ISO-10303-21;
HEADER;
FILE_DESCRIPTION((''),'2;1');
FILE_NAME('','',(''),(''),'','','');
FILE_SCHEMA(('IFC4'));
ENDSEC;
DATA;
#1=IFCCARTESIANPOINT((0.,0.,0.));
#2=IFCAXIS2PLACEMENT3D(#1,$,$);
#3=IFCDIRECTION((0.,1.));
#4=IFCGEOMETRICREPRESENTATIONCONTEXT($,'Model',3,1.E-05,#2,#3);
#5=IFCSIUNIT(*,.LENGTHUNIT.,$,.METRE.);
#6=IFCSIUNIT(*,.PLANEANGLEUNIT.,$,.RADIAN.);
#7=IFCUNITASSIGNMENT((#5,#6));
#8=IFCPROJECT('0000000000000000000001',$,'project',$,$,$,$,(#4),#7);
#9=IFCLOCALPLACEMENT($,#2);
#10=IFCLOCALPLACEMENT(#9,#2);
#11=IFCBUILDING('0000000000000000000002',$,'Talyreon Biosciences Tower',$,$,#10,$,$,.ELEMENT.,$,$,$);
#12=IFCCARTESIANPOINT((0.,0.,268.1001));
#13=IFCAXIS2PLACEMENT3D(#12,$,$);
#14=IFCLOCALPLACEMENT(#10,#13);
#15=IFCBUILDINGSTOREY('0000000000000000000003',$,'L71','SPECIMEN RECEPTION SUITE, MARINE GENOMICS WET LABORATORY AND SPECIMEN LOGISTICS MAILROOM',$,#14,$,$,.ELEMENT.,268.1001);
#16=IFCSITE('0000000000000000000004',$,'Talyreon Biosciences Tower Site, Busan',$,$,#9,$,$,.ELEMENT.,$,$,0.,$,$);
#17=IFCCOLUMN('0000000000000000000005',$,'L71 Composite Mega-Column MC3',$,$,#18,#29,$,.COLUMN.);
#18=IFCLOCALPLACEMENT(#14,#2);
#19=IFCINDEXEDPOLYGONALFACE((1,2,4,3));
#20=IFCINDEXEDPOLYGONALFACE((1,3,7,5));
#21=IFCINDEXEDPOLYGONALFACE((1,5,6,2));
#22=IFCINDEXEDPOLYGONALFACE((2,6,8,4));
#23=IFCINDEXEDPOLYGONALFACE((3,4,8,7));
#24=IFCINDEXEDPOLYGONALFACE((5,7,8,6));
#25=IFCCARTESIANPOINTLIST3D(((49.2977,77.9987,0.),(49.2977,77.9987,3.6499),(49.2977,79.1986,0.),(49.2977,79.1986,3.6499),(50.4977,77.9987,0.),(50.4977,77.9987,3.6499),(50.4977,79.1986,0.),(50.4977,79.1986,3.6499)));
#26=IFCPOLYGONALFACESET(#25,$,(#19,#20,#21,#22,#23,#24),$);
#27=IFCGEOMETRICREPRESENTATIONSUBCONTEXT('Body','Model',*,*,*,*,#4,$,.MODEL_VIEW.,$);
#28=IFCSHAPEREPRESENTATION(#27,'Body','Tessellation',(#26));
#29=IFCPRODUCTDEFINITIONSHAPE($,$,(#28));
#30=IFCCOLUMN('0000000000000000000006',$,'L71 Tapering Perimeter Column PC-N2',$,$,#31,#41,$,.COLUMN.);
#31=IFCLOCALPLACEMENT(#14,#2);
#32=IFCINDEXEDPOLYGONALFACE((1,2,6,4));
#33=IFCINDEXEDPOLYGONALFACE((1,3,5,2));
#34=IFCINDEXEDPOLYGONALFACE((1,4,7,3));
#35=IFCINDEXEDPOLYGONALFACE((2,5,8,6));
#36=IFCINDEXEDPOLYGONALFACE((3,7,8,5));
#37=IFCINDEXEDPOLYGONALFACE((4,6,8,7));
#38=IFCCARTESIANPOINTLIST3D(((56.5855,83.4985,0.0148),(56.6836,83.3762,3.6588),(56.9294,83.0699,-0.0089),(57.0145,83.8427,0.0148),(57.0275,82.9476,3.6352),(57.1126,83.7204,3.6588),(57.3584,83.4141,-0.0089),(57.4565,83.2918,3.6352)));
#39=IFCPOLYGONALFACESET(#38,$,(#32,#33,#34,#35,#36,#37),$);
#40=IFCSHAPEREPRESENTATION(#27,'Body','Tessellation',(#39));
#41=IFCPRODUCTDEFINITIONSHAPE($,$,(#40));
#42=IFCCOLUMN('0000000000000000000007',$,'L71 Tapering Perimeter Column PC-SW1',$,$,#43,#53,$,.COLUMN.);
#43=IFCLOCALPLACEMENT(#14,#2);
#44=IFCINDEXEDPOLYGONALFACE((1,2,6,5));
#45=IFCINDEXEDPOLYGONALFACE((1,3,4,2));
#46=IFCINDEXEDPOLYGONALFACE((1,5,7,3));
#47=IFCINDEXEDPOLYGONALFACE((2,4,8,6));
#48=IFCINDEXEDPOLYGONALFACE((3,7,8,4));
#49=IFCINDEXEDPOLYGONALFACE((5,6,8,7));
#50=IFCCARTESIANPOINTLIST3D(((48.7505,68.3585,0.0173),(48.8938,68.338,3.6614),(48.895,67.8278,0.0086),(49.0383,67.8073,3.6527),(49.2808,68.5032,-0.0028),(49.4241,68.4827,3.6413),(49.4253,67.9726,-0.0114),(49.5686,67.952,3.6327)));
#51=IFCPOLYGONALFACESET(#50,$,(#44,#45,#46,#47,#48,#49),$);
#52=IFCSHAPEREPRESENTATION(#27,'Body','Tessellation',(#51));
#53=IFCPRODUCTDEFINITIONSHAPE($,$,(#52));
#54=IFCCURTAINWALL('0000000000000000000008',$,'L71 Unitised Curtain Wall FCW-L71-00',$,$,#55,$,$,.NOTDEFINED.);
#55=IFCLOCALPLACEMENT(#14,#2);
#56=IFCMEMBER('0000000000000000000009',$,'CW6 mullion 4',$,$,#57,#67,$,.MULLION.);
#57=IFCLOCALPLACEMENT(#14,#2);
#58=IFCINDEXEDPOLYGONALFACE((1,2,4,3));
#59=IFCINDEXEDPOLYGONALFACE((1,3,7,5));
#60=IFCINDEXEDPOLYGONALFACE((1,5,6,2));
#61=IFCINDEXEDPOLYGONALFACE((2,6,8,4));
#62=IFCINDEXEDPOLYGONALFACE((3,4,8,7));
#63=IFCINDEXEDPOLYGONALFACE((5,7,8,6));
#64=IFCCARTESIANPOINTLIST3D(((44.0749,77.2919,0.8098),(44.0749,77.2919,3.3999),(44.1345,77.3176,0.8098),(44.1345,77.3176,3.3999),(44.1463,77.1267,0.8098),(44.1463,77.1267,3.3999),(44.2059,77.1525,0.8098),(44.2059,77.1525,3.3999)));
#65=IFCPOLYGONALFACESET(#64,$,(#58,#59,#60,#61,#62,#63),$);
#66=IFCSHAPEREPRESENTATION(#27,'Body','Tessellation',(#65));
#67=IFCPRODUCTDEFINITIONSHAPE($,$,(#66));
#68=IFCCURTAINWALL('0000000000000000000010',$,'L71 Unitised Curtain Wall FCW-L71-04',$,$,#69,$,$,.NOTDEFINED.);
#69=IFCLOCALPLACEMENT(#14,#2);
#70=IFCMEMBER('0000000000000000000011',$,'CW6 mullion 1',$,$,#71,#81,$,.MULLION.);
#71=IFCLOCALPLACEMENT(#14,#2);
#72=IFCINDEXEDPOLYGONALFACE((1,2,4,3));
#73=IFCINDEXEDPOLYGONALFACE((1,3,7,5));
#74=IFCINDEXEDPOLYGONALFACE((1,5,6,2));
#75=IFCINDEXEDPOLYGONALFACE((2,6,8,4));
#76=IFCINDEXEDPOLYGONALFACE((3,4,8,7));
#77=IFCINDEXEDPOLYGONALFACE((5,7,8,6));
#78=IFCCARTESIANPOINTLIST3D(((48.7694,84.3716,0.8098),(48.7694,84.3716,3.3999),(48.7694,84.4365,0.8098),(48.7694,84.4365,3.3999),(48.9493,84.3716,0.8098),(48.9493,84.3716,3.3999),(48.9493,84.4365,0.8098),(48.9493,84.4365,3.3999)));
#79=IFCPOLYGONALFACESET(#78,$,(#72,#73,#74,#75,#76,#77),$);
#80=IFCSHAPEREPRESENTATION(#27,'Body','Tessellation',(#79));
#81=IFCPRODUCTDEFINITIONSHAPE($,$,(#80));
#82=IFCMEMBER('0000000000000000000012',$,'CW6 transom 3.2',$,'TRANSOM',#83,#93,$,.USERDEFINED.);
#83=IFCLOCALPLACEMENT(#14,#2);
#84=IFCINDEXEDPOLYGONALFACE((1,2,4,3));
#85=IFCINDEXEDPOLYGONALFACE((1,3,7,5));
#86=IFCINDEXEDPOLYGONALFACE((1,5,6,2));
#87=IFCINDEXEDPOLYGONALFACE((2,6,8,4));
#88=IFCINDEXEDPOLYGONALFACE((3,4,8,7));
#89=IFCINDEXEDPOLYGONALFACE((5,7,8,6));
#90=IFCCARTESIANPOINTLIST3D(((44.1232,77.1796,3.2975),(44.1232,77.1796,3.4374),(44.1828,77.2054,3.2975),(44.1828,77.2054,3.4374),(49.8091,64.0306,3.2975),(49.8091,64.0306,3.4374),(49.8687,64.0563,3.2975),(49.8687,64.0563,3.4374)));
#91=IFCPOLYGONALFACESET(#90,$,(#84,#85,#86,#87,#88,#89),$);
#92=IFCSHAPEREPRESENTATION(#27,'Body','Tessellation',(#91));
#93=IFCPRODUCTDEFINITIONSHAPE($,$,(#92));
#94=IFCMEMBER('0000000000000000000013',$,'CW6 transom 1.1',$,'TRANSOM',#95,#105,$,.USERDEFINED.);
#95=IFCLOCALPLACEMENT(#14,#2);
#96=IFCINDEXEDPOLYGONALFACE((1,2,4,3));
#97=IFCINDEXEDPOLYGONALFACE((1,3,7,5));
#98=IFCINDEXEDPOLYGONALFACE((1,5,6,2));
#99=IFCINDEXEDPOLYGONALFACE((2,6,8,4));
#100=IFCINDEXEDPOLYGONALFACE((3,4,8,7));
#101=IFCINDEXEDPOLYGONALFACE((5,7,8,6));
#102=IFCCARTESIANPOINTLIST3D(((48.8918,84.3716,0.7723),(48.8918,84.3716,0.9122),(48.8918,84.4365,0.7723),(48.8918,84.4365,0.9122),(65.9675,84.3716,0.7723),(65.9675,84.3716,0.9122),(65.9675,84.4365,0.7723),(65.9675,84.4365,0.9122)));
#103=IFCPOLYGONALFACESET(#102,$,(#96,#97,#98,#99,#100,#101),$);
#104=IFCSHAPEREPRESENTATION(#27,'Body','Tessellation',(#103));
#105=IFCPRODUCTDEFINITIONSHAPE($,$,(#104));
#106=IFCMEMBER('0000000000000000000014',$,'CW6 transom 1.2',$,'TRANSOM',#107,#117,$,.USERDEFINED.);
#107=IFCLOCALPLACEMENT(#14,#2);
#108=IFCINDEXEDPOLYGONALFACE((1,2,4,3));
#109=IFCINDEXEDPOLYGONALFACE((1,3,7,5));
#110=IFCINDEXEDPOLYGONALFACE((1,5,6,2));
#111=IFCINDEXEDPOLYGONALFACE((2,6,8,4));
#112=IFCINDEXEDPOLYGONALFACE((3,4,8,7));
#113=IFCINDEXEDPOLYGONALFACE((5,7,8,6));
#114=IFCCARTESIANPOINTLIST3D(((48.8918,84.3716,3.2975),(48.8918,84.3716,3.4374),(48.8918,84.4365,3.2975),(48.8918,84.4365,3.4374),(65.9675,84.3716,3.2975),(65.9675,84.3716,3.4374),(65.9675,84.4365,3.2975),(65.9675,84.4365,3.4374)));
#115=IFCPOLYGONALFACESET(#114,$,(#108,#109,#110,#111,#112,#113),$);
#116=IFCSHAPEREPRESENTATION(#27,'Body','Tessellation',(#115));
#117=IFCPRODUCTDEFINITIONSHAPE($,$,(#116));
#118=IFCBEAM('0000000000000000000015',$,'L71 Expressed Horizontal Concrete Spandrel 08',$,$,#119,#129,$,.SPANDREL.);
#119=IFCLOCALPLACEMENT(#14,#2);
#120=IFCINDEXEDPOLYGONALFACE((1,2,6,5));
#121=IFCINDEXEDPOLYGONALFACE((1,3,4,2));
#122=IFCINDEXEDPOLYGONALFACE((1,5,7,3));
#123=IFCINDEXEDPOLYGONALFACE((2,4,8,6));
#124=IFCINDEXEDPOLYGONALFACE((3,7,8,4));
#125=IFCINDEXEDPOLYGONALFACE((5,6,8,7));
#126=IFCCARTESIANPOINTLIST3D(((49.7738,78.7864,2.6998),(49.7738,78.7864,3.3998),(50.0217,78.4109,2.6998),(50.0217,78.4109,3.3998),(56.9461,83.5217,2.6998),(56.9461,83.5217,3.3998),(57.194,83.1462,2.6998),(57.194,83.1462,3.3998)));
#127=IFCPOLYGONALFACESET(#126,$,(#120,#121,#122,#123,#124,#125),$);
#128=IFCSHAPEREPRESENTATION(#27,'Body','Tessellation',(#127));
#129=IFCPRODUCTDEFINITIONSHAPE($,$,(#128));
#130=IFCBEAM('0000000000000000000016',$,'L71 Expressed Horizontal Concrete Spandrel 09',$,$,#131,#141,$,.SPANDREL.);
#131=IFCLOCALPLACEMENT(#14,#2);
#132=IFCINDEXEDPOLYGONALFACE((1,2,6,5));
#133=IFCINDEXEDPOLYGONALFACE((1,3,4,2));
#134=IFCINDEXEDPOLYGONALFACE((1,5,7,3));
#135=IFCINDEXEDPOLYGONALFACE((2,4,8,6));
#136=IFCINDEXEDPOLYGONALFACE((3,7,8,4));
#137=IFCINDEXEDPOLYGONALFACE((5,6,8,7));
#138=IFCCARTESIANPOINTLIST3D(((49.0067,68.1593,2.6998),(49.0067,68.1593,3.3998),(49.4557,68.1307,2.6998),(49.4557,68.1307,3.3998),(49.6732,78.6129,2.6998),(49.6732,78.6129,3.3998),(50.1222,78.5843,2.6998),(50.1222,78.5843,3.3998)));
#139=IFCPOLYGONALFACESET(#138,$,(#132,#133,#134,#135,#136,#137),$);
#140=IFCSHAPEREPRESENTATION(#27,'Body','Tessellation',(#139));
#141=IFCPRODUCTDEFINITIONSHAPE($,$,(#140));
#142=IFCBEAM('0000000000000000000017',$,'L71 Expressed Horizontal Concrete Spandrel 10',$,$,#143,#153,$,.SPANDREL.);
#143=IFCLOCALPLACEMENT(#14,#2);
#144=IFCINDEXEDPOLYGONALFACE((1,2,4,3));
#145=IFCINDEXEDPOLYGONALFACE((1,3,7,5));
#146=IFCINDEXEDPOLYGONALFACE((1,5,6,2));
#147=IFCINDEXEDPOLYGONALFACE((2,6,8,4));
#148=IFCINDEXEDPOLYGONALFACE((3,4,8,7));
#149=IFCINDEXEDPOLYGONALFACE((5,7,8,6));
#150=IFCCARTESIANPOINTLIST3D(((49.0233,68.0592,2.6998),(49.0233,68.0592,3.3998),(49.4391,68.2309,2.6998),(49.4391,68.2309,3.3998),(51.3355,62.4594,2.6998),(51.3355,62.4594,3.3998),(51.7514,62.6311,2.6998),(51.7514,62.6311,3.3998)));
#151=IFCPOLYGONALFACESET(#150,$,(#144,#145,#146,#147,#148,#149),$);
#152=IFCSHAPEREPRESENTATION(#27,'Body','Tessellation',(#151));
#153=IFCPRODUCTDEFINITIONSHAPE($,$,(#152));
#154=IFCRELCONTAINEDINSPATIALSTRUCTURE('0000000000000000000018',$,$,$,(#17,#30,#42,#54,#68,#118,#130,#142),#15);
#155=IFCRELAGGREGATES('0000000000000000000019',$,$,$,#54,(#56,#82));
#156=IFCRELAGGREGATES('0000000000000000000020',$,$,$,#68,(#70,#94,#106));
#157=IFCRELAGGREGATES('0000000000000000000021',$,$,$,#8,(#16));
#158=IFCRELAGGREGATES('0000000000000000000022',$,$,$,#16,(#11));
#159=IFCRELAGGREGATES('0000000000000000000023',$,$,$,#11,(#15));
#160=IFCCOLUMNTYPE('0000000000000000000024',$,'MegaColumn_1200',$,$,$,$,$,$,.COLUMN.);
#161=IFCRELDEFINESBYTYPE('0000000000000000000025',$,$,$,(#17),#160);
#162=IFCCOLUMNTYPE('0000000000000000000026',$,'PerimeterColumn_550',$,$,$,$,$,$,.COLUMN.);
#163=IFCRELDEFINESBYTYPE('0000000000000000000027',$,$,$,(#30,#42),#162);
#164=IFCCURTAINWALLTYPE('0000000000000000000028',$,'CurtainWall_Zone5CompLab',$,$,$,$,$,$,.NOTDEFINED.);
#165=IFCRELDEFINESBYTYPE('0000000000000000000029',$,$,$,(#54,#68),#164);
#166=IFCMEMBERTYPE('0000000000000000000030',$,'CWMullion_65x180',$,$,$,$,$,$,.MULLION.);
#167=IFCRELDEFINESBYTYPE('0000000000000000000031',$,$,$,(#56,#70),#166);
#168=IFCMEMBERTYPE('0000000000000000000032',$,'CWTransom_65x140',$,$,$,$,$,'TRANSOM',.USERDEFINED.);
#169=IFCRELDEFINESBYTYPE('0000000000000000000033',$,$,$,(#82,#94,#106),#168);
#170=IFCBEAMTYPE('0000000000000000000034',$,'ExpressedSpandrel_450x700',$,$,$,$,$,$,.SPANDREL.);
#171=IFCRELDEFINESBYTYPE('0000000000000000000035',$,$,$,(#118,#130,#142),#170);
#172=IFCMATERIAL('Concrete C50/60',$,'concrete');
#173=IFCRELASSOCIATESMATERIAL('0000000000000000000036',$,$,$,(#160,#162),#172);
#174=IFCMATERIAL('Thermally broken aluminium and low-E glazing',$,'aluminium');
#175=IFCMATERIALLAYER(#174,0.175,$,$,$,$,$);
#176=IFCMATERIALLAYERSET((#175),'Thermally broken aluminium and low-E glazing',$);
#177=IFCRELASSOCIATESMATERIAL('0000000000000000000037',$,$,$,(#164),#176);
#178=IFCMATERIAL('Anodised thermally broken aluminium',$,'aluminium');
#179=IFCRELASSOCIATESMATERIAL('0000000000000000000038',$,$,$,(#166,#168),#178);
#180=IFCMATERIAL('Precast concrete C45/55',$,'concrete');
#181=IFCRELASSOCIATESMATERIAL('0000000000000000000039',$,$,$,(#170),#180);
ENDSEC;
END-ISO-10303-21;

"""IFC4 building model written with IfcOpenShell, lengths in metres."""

from ifc_helpers import new_model, si_unit, direction, frame, origin, origin_2d, place, context, subcontext, project, spatial, rectangle, extrude, material, layer, layer_set, material_profile, profile_set, type_object, element, aggregate, save


model = new_model("IFC4")

# Units and contexts
model_context = context("Model", 3, precision=1e-05, world=origin(), true_north=direction((0.0, 1.0)))
body_context = subcontext(model_context, "Body", "Model", "MODEL_VIEW")
ifc_project = project(units=[si_unit("LENGTHUNIT", "METRE"), si_unit("PLANEANGLEUNIT", "RADIAN")], contexts=[model_context])

# Site, building, storey
site_placement = place(None, origin())
site = spatial("IfcSite", under=ifc_project, at=site_placement, Name="Talyreon Biosciences Tower Site, Busan", CompositionType="ELEMENT", RefElevation=0.0)
building_placement = place(site_placement, origin())
building = spatial("IfcBuilding", under=site, at=building_placement, Name="Talyreon Biosciences Tower", CompositionType="ELEMENT")
storey_placement = place(building_placement, frame((0.0, 0.0, 268.1001)))
storey = spatial("IfcBuildingStorey", under=building, at=storey_placement, Name="L71", Description="SPECIMEN RECEPTION SUITE, MARINE GENOMICS WET LABORATORY AND SPECIMEN LOGISTICS MAILROOM", CompositionType="ELEMENT", Elevation=268.1001)

# Columns
ifc_material_1 = material(Name="Concrete C50/60", Category="concrete")
ifc_material_profile_1 = material_profile(ifc_material_1, rectangle(XDim=1.2, YDim=1.2, at=origin_2d()), Name="RC 1200x1200")
ifc_profile_set_1 = profile_set([ifc_material_profile_1], Name="Concrete C50/60")
column_type_1 = type_object("IfcColumnType", Name="MegaColumn_1200", PredefinedType="COLUMN", material=ifc_profile_set_1)
column_1_placement = place(storey_placement, frame((49.8977, 78.5986, 0.0), z_axis=(0.0, 0.0, 1.0), x_axis=(1.0, 0.0, 0.0)))
element("IfcColumn", 1, at=column_1_placement, inside=storey, type_object=column_type_1, Name="L71 Composite Mega-Column MC3", PredefinedType="COLUMN", context=body_context, shape_type="SweptSolid", body=[
    extrude(rectangle(XDim=1.2, YDim=1.2, at=origin_2d()), origin(), (0.0, 0.0, 1.0), 3.6499),
])
ifc_material_profile_2 = material_profile(ifc_material_1, rectangle(XDim=0.55, YDim=0.55, at=origin_2d()), Name="RC 550x550")
ifc_profile_set_2 = profile_set([ifc_material_profile_2], Name="Concrete C50/60")
column_type_2 = type_object("IfcColumnType", Name="PerimeterColumn_550", PredefinedType="COLUMN", material=ifc_profile_set_2)
column_2_placement = place(storey_placement, frame((56.9719, 83.4563, 0.0029), z_axis=(0.026908, -0.033535, 0.999075), x_axis=(-0.779957, -0.625834, 0.0)))
element("IfcColumn", 2, at=column_2_placement, inside=storey, type_object=column_type_2, Name="L71 Tapering Perimeter Column PC-N2", PredefinedType="COLUMN", context=body_context, shape_type="SweptSolid", body=[
    extrude(rectangle(XDim=0.55, YDim=0.55, at=origin_2d()), origin(), (0.0, 0.0, 1.0), 3.6475),
])
column_3_placement = place(storey_placement, frame((49.0879, 68.1655, 0.0029), z_axis=(0.039296, -0.005623, 0.999212), x_axis=(0.964084, 0.263087, -0.036434)))
element("IfcColumn", 3, at=column_3_placement, inside=storey, type_object=column_type_2, Name="L71 Tapering Perimeter Column PC-SW1", PredefinedType="COLUMN", context=body_context, shape_type="SweptSolid", body=[
    extrude(rectangle(XDim=0.55, YDim=0.55, at=origin_2d()), origin(), (0.0, 0.0, 1.0), 3.647),
])

# Curtain walls, members
ifc_material_2 = material(Name="Thermally broken aluminium and low-E glazing", Category="aluminium")
ifc_layer_1 = layer(ifc_material_2, 0.175)
ifc_layer_set_1 = layer_set([ifc_layer_1], Name="Thermally broken aluminium and low-E glazing")
curtain_wall_type = type_object("IfcCurtainWallType", Name="CurtainWall_Zone5CompLab", PredefinedType="NOTDEFINED", material=ifc_layer_set_1)
curtain_wall_1_placement = place(storey_placement, origin())
curtain_wall_1 = element("IfcCurtainWall", 4, at=curtain_wall_1_placement, inside=storey, type_object=curtain_wall_type, Name="L71 Unitised Curtain Wall FCW-L71-00", PredefinedType="NOTDEFINED")
ifc_material_3 = material(Name="Anodised thermally broken aluminium", Category="aluminium")
ifc_material_profile_3 = material_profile(ifc_material_3, rectangle(XDim=0.0649, YDim=0.1799, at=origin_2d()), Name="ALUM MULLION 65x180")
ifc_profile_set_3 = profile_set([ifc_material_profile_3], Name="Anodised thermally broken aluminium")
member_type_1 = type_object("IfcMemberType", Name="CWMullion_65x180", PredefinedType="MULLION", material=ifc_profile_set_3)
member_1_placement = place(storey_placement, frame((44.1404, 77.2222, 0.8098), z_axis=(0.0, 0.0, 1.0), x_axis=(-0.917868, -0.396887, 0.0)))
member_1 = element("IfcMember", 5, at=member_1_placement, type_object=member_type_1, Name="CW6 mullion 4", PredefinedType="MULLION", context=body_context, shape_type="SweptSolid", body=[
    extrude(rectangle(XDim=0.0649, YDim=0.1799, at=origin_2d()), origin(), (0.0, 0.0, 1.0), 2.5901),
])
curtain_wall_2_placement = place(storey_placement, origin())
curtain_wall_2 = element("IfcCurtainWall", 6, at=curtain_wall_2_placement, inside=storey, type_object=curtain_wall_type, Name="L71 Unitised Curtain Wall FCW-L71-04", PredefinedType="NOTDEFINED")
member_2_placement = place(storey_placement, frame((48.8594, 84.4041, 0.8098), z_axis=(0.0, 0.0, 1.0), x_axis=(0.0, 1.0, 0.0)))
member_2 = element("IfcMember", 7, at=member_2_placement, type_object=member_type_1, Name="CW6 mullion 1", PredefinedType="MULLION", context=body_context, shape_type="SweptSolid", body=[
    extrude(rectangle(XDim=0.0649, YDim=0.1799, at=origin_2d()), origin(), (0.0, 0.0, 1.0), 2.5901),
])

# Members
ifc_material_profile_4 = material_profile(ifc_material_3, rectangle(XDim=0.0649, YDim=0.1399, at=origin_2d()), Name="ALUM TRANSOM 65x140")
ifc_profile_set_4 = profile_set([ifc_material_profile_4], Name="Anodised thermally broken aluminium")
member_type_2 = type_object("IfcMemberType", Name="CWTransom_65x140", ElementType="TRANSOM", PredefinedType="USERDEFINED", material=ifc_profile_set_4)
member_3_placement = place(storey_placement, frame((49.8389, 64.0435, 3.3674), z_axis=(-0.396898, 0.917863, 0.0), x_axis=(-0.917863, -0.396898, 0.0)))
member_3 = element("IfcMember", 8, at=member_3_placement, type_object=member_type_2, Name="CW6 transom 3.2", ObjectType="TRANSOM", PredefinedType="USERDEFINED", context=body_context, shape_type="SweptSolid", body=[
    extrude(rectangle(XDim=0.0649, YDim=0.1399, at=origin_2d()), origin(), (0.0, 0.0, 1.0), 14.3257),
])
member_4_placement = place(storey_placement, frame((48.8918, 84.4041, 0.8423), z_axis=(1.0, 0.0, 0.0), x_axis=(0.0, 1.0, 0.0)))
member_4 = element("IfcMember", 9, at=member_4_placement, type_object=member_type_2, Name="CW6 transom 1.1", ObjectType="TRANSOM", PredefinedType="USERDEFINED", context=body_context, shape_type="SweptSolid", body=[
    extrude(rectangle(XDim=0.0649, YDim=0.1399, at=origin_2d()), origin(), (0.0, 0.0, 1.0), 17.0757),
])
member_5_placement = place(storey_placement, frame((48.8918, 84.4041, 3.3674), z_axis=(1.0, 0.0, 0.0), x_axis=(0.0, 1.0, 0.0)))
member_5 = element("IfcMember", 10, at=member_5_placement, type_object=member_type_2, Name="CW6 transom 1.2", ObjectType="TRANSOM", PredefinedType="USERDEFINED", context=body_context, shape_type="SweptSolid", body=[
    extrude(rectangle(XDim=0.0649, YDim=0.1399, at=origin_2d()), origin(), (0.0, 0.0, 1.0), 17.0757),
])

# Beams
ifc_material_4 = material(Name="Precast concrete C45/55", Category="concrete")
ifc_material_profile_5 = material_profile(ifc_material_4, rectangle(XDim=0.45, YDim=0.7, at=origin_2d()), Name="RCB 450x700")
ifc_profile_set_5 = profile_set([ifc_material_profile_5], Name="Precast concrete C45/55")
beam_type_1 = type_object("IfcBeamType", Name="ExpressedSpandrel_450x700", PredefinedType="SPANDREL", material=ifc_profile_set_5)
beam_1_placement = place(storey_placement, frame((57.0701, 83.334, 3.0498), z_axis=(-0.834524, -0.550971, 0.0), x_axis=(0.550971, -0.834524, 0.0)))
element("IfcBeam", 11, at=beam_1_placement, inside=storey, type_object=beam_type_1, Name="L71 Expressed Horizontal Concrete Spandrel 08", PredefinedType="SPANDREL", context=body_context, shape_type="SweptSolid", body=[
    extrude(rectangle(XDim=0.45, YDim=0.7, at=origin_2d()), origin(), (0.0, 0.0, 1.0), 8.5945),
])
beam_2_placement = place(storey_placement, frame((49.8977, 78.5986, 3.0498), z_axis=(-0.063629, -0.997974, 0.0), x_axis=(0.997974, -0.063629, 0.0)))
element("IfcBeam", 12, at=beam_2_placement, inside=storey, type_object=beam_type_1, Name="L71 Expressed Horizontal Concrete Spandrel 09", PredefinedType="SPANDREL", context=body_context, shape_type="SweptSolid", body=[
    extrude(rectangle(XDim=0.45, YDim=0.7, at=origin_2d()), origin(), (0.0, 0.0, 1.0), 10.4749),
])
beam_3_placement = place(storey_placement, frame((49.2312, 68.145, 3.0498), z_axis=(0.381658, -0.924304, 0.0), x_axis=(0.924304, 0.381658, 0.0)))
element("IfcBeam", 13, at=beam_3_placement, inside=storey, type_object=beam_type_1, Name="L71 Expressed Horizontal Concrete Spandrel 10", PredefinedType="SPANDREL", context=body_context, shape_type="SweptSolid", body=[
    extrude(rectangle(XDim=0.45, YDim=0.7, at=origin_2d()), origin(), (0.0, 0.0, 1.0), 6.0583),
])

aggregate(curtain_wall_1, [member_1, member_3])
aggregate(curtain_wall_2, [member_2, member_4, member_5])

save(model, "model.ifc")
